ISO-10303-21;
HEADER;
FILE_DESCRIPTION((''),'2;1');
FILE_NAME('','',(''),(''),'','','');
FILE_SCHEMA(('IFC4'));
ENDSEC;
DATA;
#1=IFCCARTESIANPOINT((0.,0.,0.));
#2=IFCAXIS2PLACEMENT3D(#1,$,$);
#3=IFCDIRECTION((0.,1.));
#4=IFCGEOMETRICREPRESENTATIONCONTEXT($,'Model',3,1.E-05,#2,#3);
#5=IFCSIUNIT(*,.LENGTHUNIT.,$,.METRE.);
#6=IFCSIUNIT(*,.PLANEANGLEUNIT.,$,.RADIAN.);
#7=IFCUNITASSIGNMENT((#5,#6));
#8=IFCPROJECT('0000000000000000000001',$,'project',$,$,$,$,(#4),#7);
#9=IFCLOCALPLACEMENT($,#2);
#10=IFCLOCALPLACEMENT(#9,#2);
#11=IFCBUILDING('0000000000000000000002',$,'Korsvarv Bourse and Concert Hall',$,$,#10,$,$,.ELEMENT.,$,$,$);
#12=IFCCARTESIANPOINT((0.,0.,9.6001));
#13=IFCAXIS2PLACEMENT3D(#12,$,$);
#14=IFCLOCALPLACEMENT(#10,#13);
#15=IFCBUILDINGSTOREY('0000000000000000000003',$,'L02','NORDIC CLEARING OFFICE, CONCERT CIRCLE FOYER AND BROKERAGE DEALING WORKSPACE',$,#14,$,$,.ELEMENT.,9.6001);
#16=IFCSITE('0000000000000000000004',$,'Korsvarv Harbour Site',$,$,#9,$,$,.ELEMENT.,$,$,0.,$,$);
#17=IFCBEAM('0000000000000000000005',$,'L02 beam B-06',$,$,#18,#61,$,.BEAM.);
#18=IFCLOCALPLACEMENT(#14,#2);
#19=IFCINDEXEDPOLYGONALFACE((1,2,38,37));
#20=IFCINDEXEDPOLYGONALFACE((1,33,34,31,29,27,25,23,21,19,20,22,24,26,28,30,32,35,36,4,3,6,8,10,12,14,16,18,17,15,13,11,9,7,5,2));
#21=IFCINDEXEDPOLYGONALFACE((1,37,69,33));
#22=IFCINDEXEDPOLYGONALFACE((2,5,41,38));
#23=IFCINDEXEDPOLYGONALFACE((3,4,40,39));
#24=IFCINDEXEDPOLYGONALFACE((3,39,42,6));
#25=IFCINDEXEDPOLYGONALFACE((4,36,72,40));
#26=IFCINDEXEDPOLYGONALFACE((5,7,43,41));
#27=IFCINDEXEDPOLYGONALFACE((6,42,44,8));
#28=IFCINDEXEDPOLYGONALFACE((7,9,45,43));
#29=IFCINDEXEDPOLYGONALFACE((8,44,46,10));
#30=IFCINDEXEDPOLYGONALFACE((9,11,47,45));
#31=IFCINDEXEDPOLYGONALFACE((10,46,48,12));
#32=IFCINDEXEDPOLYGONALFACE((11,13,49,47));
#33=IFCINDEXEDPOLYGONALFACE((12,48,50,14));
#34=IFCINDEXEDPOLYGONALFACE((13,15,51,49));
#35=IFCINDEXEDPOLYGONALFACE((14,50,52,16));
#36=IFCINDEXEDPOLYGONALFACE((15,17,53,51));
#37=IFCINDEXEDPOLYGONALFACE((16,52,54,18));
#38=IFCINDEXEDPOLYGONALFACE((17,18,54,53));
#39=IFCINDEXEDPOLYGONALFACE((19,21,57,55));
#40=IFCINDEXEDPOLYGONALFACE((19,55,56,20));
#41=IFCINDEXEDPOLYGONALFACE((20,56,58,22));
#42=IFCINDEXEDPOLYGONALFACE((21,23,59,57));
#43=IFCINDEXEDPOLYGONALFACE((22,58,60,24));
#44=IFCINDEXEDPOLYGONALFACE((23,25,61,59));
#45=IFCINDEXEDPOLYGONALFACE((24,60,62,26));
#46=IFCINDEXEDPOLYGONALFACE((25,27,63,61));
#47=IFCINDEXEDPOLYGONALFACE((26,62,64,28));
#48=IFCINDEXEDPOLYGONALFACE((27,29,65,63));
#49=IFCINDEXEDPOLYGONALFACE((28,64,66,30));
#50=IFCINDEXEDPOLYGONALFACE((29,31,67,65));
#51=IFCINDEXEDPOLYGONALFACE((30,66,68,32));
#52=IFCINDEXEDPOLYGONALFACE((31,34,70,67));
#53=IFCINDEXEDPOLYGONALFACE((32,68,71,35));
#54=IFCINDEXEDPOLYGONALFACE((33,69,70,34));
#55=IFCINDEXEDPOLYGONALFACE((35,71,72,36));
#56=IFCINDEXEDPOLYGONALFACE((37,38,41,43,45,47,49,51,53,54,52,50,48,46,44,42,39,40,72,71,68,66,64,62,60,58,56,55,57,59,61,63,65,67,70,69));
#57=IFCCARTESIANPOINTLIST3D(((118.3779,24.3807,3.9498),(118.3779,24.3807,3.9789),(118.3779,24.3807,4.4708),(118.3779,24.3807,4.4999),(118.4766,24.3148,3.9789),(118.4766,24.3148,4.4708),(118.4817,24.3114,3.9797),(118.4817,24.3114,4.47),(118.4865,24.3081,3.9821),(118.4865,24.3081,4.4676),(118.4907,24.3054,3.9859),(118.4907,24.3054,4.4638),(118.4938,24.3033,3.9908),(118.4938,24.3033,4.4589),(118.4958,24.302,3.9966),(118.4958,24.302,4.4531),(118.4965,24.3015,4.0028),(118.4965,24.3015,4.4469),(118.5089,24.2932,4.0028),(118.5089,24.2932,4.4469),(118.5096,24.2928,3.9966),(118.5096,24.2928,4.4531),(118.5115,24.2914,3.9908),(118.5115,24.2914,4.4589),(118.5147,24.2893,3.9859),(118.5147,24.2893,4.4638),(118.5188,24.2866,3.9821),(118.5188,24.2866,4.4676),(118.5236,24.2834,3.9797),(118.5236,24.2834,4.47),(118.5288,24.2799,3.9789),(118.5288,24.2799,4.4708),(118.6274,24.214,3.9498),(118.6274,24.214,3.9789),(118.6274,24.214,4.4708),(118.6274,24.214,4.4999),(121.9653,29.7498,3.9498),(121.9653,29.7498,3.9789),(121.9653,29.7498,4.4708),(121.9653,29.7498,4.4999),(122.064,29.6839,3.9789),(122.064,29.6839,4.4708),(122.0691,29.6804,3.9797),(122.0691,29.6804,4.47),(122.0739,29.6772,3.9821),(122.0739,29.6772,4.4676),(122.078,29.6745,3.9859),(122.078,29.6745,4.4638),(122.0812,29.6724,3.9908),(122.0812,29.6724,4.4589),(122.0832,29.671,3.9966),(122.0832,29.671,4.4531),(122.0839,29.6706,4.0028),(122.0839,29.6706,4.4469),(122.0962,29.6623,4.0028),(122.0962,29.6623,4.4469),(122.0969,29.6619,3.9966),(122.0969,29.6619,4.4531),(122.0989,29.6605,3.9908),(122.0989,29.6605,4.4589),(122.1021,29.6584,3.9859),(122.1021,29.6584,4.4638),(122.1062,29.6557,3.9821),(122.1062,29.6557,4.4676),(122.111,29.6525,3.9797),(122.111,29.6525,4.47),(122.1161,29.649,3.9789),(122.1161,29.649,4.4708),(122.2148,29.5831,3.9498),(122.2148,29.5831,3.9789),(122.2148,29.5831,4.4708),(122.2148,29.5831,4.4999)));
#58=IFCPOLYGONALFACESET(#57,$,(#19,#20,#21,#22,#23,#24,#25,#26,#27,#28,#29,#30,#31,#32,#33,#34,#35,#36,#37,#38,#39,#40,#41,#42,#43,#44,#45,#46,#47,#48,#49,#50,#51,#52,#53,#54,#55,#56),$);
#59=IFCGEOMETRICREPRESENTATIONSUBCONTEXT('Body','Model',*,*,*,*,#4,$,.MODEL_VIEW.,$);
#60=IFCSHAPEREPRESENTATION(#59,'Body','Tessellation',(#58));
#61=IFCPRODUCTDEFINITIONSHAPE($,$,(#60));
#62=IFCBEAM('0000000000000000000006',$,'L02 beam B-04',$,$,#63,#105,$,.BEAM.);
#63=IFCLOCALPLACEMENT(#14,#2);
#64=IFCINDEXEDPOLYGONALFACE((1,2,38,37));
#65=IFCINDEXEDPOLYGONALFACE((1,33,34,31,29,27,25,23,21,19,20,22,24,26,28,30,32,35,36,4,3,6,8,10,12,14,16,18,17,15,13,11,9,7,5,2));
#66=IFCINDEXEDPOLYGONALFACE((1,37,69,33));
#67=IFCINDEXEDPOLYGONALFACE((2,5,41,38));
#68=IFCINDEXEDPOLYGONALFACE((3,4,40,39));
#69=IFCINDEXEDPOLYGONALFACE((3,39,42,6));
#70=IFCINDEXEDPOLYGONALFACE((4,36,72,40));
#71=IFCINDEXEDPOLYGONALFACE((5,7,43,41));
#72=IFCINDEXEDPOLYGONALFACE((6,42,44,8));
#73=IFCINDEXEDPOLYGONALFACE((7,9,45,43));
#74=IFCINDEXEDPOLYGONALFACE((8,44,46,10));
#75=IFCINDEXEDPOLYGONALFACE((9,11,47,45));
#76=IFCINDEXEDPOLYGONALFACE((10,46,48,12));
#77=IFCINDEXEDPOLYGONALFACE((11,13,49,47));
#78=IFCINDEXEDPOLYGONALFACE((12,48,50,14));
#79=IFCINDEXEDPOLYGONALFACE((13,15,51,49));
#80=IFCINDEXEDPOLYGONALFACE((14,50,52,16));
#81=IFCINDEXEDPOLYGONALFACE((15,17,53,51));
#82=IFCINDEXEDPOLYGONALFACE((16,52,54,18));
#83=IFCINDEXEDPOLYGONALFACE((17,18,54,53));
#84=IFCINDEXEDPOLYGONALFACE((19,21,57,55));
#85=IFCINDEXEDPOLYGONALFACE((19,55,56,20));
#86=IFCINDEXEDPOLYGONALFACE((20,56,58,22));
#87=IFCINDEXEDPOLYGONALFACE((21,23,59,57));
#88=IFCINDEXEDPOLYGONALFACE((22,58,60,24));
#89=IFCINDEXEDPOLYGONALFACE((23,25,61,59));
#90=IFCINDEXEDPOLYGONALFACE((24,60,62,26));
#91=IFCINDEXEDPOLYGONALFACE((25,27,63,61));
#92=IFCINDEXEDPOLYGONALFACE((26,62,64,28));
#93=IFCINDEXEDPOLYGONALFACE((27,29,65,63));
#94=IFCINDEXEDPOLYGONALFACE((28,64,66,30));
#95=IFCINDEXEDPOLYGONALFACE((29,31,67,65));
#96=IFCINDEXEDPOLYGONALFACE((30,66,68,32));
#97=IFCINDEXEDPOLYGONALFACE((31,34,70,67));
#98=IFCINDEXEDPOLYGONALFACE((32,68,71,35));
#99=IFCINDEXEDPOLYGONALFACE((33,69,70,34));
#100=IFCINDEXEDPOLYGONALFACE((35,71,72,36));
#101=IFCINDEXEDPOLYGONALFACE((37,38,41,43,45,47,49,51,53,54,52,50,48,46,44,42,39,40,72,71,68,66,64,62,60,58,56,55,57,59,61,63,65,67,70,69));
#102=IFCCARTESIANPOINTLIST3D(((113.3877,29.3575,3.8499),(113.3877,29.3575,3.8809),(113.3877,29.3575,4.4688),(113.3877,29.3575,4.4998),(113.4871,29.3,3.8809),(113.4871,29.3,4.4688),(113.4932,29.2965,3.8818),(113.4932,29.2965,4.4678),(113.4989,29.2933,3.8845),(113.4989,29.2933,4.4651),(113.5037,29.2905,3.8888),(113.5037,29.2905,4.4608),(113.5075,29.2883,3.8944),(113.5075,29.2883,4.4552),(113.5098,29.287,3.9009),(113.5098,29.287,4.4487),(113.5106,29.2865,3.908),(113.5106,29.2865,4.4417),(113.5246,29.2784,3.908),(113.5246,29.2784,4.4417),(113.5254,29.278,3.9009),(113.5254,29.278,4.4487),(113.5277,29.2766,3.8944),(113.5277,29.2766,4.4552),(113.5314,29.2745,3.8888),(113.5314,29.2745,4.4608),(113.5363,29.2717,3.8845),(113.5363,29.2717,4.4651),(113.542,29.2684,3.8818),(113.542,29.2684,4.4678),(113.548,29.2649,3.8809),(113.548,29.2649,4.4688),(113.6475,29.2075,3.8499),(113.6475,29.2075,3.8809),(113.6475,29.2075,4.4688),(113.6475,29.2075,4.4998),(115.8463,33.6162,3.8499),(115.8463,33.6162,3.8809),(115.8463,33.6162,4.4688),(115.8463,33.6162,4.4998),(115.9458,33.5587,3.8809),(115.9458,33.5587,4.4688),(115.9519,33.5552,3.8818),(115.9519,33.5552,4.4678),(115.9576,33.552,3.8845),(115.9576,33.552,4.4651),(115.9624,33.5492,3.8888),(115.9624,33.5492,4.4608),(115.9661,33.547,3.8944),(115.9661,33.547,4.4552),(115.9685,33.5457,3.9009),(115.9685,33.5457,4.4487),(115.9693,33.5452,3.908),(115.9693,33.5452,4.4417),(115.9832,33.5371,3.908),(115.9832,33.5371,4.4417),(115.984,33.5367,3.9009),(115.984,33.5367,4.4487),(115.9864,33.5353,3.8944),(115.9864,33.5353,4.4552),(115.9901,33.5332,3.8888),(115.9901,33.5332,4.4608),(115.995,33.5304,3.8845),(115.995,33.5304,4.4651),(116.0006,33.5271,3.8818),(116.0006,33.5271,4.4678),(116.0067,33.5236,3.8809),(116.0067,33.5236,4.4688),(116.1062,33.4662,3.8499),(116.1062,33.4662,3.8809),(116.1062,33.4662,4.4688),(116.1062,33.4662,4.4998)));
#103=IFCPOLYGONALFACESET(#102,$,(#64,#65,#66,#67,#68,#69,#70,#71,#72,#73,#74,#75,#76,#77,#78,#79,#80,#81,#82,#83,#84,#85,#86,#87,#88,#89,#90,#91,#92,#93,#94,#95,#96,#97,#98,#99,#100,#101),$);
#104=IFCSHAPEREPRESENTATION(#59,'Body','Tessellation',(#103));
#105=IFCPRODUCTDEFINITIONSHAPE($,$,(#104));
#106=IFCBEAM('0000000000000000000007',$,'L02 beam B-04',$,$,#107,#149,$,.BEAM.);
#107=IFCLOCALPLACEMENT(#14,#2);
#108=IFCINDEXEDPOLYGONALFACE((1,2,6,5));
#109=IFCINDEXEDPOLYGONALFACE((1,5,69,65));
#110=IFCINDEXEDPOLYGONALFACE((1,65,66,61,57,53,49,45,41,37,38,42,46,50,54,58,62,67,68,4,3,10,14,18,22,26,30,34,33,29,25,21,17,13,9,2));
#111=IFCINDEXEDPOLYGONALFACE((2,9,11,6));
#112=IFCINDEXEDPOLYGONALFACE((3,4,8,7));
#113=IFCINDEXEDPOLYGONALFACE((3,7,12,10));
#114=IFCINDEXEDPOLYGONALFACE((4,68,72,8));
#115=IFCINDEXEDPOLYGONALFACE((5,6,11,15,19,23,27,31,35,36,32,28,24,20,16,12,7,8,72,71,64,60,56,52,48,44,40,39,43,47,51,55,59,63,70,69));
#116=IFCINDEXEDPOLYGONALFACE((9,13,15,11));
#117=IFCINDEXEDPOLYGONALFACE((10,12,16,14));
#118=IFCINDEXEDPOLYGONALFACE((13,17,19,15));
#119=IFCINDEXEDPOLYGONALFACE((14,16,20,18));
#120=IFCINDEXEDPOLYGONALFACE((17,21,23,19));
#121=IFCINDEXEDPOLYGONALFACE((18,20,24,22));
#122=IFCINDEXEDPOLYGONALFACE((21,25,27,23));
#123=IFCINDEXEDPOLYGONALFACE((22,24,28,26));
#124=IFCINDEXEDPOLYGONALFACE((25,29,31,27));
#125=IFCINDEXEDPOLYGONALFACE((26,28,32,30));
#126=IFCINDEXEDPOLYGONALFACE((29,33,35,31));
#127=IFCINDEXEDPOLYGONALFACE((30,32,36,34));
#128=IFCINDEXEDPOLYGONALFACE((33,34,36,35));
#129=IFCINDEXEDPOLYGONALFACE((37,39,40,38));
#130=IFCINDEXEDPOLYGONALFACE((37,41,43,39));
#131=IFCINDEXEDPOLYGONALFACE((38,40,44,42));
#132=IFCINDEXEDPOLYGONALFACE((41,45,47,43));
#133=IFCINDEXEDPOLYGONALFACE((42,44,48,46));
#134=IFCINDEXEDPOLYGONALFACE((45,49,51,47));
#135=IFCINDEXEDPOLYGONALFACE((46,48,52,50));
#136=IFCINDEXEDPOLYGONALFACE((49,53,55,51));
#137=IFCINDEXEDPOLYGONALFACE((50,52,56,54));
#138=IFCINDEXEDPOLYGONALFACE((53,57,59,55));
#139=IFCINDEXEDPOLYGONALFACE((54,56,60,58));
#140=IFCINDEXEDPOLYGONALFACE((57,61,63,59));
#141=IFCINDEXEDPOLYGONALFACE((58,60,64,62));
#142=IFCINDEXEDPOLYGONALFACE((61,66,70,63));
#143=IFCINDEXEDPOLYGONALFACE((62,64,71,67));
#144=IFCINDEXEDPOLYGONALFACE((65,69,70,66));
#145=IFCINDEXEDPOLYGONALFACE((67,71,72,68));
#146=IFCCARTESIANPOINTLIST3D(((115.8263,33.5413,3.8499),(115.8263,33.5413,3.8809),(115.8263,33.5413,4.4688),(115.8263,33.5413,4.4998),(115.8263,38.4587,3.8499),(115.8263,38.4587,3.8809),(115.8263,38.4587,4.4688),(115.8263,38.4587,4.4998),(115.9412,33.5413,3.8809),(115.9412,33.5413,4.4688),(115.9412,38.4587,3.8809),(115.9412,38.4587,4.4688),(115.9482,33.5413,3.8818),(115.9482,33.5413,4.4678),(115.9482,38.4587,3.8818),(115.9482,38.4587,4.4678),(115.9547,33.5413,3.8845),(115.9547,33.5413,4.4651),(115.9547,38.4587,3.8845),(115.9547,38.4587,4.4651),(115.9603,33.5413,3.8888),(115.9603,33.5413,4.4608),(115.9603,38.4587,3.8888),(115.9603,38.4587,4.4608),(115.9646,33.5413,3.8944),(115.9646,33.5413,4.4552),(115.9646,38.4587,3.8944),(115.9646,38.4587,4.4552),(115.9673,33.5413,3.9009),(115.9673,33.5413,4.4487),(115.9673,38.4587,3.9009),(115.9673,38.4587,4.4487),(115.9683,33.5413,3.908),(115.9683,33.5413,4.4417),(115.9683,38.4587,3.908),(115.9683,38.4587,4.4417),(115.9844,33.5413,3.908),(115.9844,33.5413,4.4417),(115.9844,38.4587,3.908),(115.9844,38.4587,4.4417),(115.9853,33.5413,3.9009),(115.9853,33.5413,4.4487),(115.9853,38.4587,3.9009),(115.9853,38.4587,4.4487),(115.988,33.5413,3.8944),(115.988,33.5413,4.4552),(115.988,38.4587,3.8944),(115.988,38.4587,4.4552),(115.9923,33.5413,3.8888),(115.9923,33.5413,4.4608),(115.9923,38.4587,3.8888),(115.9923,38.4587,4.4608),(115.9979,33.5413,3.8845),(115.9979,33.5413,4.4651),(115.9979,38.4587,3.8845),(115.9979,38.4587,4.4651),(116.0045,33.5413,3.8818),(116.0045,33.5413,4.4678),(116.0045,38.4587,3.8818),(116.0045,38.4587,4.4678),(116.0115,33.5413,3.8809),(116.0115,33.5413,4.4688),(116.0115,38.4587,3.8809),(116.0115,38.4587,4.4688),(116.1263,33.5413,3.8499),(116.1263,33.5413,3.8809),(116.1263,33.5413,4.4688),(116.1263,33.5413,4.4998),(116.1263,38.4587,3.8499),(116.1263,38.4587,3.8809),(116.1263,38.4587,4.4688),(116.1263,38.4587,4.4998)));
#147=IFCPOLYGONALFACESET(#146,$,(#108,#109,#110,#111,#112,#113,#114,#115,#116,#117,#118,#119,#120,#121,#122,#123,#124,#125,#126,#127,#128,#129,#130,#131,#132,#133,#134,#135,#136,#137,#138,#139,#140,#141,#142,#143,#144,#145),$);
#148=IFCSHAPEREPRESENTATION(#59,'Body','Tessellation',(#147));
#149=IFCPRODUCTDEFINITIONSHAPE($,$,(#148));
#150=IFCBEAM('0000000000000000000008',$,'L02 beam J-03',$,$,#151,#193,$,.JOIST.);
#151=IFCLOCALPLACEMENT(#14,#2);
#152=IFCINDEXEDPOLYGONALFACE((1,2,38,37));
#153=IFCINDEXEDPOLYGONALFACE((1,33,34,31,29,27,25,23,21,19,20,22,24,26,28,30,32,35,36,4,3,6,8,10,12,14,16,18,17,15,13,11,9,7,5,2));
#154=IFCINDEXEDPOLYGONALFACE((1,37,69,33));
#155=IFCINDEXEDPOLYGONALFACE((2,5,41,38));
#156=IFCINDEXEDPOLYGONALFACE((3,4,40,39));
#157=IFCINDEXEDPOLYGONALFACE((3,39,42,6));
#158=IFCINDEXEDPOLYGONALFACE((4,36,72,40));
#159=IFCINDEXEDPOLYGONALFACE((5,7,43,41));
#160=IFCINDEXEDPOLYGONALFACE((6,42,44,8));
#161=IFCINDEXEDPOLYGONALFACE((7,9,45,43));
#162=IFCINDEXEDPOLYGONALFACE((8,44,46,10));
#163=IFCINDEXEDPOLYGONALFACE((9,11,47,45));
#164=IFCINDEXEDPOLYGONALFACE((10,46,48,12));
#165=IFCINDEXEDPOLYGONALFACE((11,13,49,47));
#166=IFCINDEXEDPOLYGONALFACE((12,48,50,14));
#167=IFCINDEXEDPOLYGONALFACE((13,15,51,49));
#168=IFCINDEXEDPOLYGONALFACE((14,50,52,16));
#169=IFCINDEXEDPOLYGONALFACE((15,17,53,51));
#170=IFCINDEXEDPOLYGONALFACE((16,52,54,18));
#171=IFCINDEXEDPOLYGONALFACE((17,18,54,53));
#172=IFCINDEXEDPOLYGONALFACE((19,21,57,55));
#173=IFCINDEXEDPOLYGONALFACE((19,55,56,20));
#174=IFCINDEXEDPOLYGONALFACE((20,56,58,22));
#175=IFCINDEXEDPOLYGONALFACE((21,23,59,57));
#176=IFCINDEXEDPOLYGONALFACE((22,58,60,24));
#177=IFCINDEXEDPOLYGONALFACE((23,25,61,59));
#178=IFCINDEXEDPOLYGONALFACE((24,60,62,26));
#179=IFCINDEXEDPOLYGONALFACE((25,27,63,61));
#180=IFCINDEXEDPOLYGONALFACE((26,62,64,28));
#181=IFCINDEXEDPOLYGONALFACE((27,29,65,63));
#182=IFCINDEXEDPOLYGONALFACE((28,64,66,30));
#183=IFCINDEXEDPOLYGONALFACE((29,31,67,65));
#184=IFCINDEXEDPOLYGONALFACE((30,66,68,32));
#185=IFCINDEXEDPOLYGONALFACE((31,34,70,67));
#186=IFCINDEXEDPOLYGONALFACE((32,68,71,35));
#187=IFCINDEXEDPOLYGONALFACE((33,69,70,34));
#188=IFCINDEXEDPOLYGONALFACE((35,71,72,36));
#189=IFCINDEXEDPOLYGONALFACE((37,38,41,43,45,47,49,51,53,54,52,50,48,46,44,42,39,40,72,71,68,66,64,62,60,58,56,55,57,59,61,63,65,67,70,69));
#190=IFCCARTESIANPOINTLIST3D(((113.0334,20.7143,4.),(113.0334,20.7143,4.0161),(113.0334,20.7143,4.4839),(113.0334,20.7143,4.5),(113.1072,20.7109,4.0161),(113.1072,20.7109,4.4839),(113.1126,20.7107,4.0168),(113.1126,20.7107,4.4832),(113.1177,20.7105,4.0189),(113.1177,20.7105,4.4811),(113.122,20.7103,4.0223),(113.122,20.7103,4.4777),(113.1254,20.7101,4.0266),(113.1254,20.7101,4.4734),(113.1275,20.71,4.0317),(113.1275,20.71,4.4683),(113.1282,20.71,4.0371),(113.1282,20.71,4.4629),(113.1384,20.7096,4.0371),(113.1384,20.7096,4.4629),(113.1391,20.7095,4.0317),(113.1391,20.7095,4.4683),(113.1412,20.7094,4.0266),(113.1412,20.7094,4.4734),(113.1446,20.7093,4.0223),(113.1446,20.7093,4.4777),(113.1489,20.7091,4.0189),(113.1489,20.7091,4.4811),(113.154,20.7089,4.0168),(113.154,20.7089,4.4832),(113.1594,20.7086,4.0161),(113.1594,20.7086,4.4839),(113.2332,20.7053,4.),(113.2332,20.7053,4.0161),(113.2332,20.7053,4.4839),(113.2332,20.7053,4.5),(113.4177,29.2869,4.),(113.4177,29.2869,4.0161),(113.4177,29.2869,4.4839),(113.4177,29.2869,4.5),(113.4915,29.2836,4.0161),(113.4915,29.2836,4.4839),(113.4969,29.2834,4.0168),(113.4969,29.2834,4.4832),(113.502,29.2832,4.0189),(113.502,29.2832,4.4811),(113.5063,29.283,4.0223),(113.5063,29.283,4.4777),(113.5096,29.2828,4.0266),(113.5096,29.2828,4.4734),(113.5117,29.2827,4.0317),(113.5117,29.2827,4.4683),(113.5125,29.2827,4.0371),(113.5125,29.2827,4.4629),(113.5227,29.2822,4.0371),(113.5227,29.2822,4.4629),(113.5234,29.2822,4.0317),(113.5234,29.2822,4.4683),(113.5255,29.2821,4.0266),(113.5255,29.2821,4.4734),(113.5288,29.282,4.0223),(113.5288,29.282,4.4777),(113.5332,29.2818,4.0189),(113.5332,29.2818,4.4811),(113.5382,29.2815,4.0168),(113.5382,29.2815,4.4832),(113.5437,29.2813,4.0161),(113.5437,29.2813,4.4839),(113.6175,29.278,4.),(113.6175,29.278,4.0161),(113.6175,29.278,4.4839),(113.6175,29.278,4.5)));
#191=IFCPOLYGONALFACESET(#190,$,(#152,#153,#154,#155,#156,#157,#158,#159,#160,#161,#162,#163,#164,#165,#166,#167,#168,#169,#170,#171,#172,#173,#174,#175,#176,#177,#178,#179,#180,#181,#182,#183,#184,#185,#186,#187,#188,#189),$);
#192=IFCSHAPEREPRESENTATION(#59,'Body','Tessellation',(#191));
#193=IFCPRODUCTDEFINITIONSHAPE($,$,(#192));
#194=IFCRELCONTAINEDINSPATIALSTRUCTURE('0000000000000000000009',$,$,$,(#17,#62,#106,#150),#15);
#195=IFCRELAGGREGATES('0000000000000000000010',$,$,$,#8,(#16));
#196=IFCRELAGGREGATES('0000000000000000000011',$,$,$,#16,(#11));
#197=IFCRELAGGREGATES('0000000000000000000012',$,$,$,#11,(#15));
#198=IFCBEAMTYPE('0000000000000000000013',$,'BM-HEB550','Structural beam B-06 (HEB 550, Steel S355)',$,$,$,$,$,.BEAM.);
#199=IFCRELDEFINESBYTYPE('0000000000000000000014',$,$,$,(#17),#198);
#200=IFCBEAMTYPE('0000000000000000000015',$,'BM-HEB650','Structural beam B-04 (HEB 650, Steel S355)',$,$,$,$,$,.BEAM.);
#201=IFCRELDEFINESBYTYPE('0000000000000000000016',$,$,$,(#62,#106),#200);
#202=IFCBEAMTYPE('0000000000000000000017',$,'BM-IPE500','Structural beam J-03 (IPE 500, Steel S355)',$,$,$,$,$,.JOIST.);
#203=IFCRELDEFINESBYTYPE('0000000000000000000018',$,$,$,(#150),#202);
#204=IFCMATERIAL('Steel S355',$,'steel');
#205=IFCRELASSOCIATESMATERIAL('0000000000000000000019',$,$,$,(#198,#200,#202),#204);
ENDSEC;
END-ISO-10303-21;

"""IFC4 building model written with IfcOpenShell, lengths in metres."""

from ifc_helpers import new_model, si_unit, direction, frame, origin, origin_2d, place, context, subcontext, project, spatial, i_section, extrude, source, transform, mapped, material, material_profile, profile_set, type_object, element, save


model = new_model("IFC4")

# Units and contexts
model_context = context("Model", 3, precision=1e-05, world=origin(), true_north=direction((0.0, 1.0)))
body_context = subcontext(model_context, "Body", "Model", "MODEL_VIEW")
ifc_project = project(units=[si_unit("LENGTHUNIT", "METRE"), si_unit("PLANEANGLEUNIT", "RADIAN")], contexts=[model_context])

# Site, building, storey
site_placement = place(None, origin())
site = spatial("IfcSite", under=ifc_project, at=site_placement, Name="Korsvarv Harbour Site", CompositionType="ELEMENT", RefElevation=0.0)
building_placement = place(site_placement, origin())
building = spatial("IfcBuilding", under=site, at=building_placement, Name="Korsvarv Bourse and Concert Hall", CompositionType="ELEMENT")
storey_placement = place(building_placement, frame((0.0, 0.0, 9.6001)))
storey = spatial("IfcBuildingStorey", under=building, at=storey_placement, Name="L02", Description="NORDIC CLEARING OFFICE, CONCERT CIRCLE FOYER AND BROKERAGE DEALING WORKSPACE", CompositionType="ELEMENT", Elevation=9.6001)

# Beams
ifc_material_1 = material(Name="Steel S355", Category="steel")
ifc_material_profile_1 = material_profile(ifc_material_1, i_section(OverallWidth=0.3, OverallDepth=0.55, WebThickness=0.0149, FlangeThickness=0.0291, FilletRadius=0.0239, at=origin_2d()), Name="HEB 550")
ifc_profile_set_1 = profile_set([ifc_material_profile_1], Name="Steel S355")
beam_type_1 = type_object("IfcBeamType", Name="BM-HEB550", Description="Structural beam B-06 (HEB 550, Steel S355)", PredefinedType="BEAM", material=ifc_profile_set_1)
shared_shape_1 = source(origin(), body_context, "Body", "SweptSolid", [
    extrude(i_section(OverallWidth=0.3, OverallDepth=0.55, WebThickness=0.0149, FlangeThickness=0.0291, FilletRadius=0.0239, at=origin_2d()), origin(), (0.0, 0.0, 1.0), 6.4573),
])
beam_1_placement = place(storey_placement, frame((118.5027, 24.2974, 4.2249), z_axis=(0.555555, 0.83148, 0.0), x_axis=(-0.83148, 0.555555, 0.0)))
element("IfcBeam", 1, at=beam_1_placement, inside=storey, type_object=beam_type_1, Name="L02 beam B-06", PredefinedType="BEAM", context=body_context, shape_type="MappedRepresentation", body=[
    mapped(shared_shape_1, transform((0.0, 0.0, 0.0), scale=1.0)),
])
ifc_material_profile_2 = material_profile(ifc_material_1, i_section(OverallWidth=0.3, OverallDepth=0.6499, WebThickness=0.0161, FlangeThickness=0.031, FilletRadius=0.0271, at=origin_2d()), Name="HEB 650")
ifc_profile_set_2 = profile_set([ifc_material_profile_2], Name="Steel S355")
beam_type_2 = type_object("IfcBeamType", Name="BM-HEB650", Description="Structural beam B-04 (HEB 650, Steel S355)", PredefinedType="BEAM", material=ifc_profile_set_2)
shared_shape_2 = source(origin(), body_context, "Body", "SweptSolid", [
    extrude(i_section(OverallWidth=0.3, OverallDepth=0.6499, WebThickness=0.0161, FlangeThickness=0.031, FilletRadius=0.0271, at=origin_2d()), origin(), (0.0, 0.0, 1.0), 4.9175),
])
for number, where, z_axis, x_axis, name in (
    (2, (113.5176, 29.2825, 4.1748), (0.499989, 0.866032, 0.0), (-0.866032, 0.499989, 0.0), "L02 beam B-04"),
    (3, (115.9763, 33.5413, 4.1748), (0.0, 1.0, 0.0), (-1.0, 0.0, 0.0), "L02 beam B-04"),
):
    element("IfcBeam", number, at=place(storey_placement, frame(where, z_axis=z_axis, x_axis=x_axis)), inside=storey, type_object=beam_type_2, Name=name, PredefinedType="BEAM", context=body_context, shape_type="MappedRepresentation", body=[
        mapped(shared_shape_2, transform((0.0, 0.0, 0.0), scale=1.0)),
    ])
ifc_material_profile_3 = material_profile(ifc_material_1, i_section(OverallWidth=0.2, OverallDepth=0.5, WebThickness=0.0103, FlangeThickness=0.0161, FilletRadius=0.021, at=origin_2d()), Name="IPE 500")
ifc_profile_set_3 = profile_set([ifc_material_profile_3], Name="Steel S355")
beam_type_3 = type_object("IfcBeamType", Name="BM-IPE500", Description="Structural beam J-03 (IPE 500, Steel S355)", PredefinedType="JOIST", material=ifc_profile_set_3)
shared_shape_3 = source(origin(), body_context, "Body", "SweptSolid", [
    extrude(i_section(OverallWidth=0.2, OverallDepth=0.5, WebThickness=0.0103, FlangeThickness=0.0161, FilletRadius=0.021, at=origin_2d()), origin(), (0.0, 0.0, 1.0), 8.5813),
])
beam_2_placement = place(storey_placement, frame((113.5176, 29.2825, 4.25), z_axis=(-0.04478, -0.998997, 0.0), x_axis=(0.998997, -0.04478, 0.0)))
element("IfcBeam", 4, at=beam_2_placement, inside=storey, type_object=beam_type_3, Name="L02 beam J-03", PredefinedType="JOIST", context=body_context, shape_type="MappedRepresentation", body=[
    mapped(shared_shape_3, transform((0.0, 0.0, 0.0), scale=1.0)),
])

save(model, "model.ifc")
